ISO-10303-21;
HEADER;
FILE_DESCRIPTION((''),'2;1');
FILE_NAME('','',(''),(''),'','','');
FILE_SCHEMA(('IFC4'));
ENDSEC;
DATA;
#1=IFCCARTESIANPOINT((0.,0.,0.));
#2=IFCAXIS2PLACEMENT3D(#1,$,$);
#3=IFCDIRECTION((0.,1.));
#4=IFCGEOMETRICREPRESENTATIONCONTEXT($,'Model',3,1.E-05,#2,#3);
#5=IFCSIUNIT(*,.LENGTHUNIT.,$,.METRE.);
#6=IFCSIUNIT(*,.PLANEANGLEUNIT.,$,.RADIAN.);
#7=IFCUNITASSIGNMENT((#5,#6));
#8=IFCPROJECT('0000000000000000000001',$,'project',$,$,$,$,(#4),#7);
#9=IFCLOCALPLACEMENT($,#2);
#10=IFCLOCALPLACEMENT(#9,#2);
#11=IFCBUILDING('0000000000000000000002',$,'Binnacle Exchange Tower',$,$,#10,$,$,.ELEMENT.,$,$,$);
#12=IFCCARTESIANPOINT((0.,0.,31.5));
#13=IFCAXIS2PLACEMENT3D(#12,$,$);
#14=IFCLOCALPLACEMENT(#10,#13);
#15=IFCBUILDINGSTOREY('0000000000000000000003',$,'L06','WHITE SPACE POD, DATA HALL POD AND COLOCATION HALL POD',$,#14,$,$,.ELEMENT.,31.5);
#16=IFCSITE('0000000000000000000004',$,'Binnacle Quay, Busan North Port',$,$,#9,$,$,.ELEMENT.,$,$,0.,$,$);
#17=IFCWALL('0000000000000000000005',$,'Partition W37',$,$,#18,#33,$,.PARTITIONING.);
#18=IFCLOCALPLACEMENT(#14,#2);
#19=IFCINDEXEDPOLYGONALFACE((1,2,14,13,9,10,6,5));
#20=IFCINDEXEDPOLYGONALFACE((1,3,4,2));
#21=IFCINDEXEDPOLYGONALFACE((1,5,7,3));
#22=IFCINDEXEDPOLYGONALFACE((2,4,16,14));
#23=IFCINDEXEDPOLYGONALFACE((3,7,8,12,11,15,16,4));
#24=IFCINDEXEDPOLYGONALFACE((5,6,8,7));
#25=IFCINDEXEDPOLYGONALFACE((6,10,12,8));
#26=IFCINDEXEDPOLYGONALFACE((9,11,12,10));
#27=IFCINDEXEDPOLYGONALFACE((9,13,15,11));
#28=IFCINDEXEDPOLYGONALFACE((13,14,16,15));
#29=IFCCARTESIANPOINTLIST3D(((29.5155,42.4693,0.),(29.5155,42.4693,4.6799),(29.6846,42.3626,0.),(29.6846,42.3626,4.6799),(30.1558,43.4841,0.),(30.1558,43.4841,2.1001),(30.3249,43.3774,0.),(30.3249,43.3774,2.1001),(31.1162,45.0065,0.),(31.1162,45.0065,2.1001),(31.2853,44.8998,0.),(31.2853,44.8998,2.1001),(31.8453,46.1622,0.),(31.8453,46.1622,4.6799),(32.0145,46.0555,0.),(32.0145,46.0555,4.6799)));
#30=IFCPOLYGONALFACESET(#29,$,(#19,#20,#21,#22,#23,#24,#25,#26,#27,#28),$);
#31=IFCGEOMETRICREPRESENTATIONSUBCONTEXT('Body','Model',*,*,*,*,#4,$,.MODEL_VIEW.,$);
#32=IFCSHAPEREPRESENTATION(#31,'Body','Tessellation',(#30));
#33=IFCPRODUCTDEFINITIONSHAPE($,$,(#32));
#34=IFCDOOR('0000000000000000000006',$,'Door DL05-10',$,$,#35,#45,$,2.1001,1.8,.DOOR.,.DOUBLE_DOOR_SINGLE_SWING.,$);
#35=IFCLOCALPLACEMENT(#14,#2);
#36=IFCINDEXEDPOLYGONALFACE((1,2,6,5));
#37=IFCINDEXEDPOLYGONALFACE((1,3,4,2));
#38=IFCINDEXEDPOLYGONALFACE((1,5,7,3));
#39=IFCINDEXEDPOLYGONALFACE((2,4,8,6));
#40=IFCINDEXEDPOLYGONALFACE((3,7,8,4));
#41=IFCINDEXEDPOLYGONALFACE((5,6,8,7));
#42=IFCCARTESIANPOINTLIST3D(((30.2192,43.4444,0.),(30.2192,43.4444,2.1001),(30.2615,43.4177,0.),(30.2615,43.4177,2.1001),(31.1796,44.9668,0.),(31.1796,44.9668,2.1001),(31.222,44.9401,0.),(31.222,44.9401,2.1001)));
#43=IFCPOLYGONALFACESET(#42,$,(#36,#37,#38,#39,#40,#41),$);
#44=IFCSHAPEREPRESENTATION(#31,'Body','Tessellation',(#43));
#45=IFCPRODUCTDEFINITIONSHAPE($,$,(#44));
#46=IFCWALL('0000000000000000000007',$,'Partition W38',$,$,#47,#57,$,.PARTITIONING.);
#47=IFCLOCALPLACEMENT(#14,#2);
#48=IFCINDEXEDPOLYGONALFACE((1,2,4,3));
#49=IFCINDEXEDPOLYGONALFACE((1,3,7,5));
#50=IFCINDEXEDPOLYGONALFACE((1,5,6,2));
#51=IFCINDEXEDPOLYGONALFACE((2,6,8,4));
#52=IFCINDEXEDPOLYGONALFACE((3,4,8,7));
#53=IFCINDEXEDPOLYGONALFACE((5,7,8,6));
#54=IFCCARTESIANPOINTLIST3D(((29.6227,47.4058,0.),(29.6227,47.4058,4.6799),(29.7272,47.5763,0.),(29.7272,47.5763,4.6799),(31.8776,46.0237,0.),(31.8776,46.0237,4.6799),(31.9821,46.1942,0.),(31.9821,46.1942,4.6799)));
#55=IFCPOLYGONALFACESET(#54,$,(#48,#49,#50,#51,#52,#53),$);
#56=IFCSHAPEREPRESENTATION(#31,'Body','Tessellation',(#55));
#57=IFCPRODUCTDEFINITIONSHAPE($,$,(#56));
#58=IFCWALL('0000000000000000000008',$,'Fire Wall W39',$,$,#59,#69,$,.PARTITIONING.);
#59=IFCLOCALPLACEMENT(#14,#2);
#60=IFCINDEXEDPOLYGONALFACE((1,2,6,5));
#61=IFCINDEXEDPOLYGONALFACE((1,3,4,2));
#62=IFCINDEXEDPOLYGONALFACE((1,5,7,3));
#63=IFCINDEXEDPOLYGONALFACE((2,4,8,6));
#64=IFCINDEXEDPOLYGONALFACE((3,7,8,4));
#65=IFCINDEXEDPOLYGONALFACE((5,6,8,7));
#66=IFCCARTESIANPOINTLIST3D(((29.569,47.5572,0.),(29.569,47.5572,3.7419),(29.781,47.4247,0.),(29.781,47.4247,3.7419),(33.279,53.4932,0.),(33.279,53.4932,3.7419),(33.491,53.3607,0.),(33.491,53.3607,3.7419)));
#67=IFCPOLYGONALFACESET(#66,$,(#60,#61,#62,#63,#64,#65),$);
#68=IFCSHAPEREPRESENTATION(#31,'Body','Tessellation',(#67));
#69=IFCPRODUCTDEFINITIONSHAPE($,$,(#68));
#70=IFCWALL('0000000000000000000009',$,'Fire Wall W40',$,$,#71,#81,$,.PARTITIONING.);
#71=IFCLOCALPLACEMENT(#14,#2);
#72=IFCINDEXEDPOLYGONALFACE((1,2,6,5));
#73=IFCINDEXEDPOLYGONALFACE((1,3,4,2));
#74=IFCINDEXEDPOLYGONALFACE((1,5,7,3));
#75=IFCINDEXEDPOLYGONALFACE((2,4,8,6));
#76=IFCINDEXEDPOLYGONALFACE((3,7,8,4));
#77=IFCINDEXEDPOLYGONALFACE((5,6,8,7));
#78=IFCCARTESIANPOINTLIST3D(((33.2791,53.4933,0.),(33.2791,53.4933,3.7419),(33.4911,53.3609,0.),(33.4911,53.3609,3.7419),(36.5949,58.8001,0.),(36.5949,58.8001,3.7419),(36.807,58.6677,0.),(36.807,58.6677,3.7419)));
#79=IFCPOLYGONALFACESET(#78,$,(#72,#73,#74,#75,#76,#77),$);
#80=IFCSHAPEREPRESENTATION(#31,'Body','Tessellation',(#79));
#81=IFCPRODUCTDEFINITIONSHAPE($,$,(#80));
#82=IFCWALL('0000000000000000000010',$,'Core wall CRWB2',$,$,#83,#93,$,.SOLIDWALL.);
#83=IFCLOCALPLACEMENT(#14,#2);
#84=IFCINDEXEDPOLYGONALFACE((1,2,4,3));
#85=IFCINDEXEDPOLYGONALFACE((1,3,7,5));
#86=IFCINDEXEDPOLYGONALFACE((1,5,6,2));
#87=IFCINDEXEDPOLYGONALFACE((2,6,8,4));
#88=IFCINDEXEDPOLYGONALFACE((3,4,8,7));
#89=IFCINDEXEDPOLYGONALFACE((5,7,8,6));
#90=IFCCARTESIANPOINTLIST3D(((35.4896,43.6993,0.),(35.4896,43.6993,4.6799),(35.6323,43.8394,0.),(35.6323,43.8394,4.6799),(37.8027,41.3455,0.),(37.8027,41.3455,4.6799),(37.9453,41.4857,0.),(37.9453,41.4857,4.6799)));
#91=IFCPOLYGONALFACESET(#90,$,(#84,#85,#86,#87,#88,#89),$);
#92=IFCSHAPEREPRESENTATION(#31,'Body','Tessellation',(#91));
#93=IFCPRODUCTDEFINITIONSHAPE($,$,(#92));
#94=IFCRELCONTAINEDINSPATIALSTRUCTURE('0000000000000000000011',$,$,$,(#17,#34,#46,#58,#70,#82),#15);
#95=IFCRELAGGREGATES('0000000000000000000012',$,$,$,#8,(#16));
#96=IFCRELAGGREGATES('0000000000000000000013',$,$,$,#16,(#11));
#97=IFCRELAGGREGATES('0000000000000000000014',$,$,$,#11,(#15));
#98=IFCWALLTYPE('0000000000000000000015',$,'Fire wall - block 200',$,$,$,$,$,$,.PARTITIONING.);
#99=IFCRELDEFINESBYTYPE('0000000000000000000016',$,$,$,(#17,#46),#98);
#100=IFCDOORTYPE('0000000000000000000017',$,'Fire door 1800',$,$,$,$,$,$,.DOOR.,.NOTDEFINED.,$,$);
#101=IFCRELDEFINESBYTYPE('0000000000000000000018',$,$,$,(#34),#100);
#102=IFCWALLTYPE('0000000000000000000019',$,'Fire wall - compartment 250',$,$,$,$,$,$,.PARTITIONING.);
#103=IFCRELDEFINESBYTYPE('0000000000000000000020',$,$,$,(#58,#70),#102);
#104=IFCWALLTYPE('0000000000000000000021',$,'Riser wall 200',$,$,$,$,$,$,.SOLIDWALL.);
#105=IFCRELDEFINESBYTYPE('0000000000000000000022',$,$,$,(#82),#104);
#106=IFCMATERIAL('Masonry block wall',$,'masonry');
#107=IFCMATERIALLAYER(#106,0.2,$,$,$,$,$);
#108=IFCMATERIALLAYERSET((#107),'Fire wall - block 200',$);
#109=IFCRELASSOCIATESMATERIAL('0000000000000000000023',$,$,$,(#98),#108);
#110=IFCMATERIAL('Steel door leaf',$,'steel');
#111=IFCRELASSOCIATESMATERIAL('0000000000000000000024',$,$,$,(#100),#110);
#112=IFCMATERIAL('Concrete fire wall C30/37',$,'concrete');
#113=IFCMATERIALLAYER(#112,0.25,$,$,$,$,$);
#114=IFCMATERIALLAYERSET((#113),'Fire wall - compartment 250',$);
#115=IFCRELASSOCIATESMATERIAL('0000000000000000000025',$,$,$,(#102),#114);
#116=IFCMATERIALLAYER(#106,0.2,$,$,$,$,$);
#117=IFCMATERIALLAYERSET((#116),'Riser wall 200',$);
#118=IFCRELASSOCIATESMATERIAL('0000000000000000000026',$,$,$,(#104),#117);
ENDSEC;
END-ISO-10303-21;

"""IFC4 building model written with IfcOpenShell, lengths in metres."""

from ifc_helpers import new_model, si_unit, direction, frame, frame_2d, origin, place, context, subcontext, project, spatial, rectangle, extrude, material, layer, layer_set, type_object, element, fill, save


model = new_model("IFC4")

# Units and contexts
model_context = context("Model", 3, precision=1e-05, world=origin(), true_north=direction((0.0, 1.0)))
body_context = subcontext(model_context, "Body", "Model", "MODEL_VIEW")
ifc_project = project(units=[si_unit("LENGTHUNIT", "METRE"), si_unit("PLANEANGLEUNIT", "RADIAN")], contexts=[model_context])

# Site, building, storey
site_placement = place(None, origin())
site = spatial("IfcSite", under=ifc_project, at=site_placement, Name="Binnacle Quay, Busan North Port", CompositionType="ELEMENT", RefElevation=0.0)
building_placement = place(site_placement, origin())
building = spatial("IfcBuilding", under=site, at=building_placement, Name="Binnacle Exchange Tower", CompositionType="ELEMENT")
storey_placement = place(building_placement, frame((0.0, 0.0, 31.5)))
storey = spatial("IfcBuildingStorey", under=building, at=storey_placement, Name="L06", Description="WHITE SPACE POD, DATA HALL POD AND COLOCATION HALL POD", CompositionType="ELEMENT", Elevation=31.5)

# Shared definitions
ifc_material_1 = material(Name="Masonry block wall", Category="masonry")
ifc_layer_1 = layer(ifc_material_1, 0.2)
ifc_layer_set_1 = layer_set([ifc_layer_1], Name="Fire wall - block 200")
wall_type_1 = type_object("IfcWallType", Name="Fire wall - block 200", PredefinedType="PARTITIONING", material=ifc_layer_set_1)

# Wall, opening, door
wall_1_placement = place(storey_placement, frame((29.6001, 42.416, 0.0), z_axis=(0.0, 0.0, 1.0), x_axis=(0.533583, 0.845748, 0.0)))
wall_1 = element("IfcWall", 1, at=wall_1_placement, inside=storey, type_object=wall_type_1, Name="Partition W37", PredefinedType="PARTITIONING", context=body_context, shape_type="SweptSolid", body=[
    extrude(rectangle(XDim=4.3665, YDim=0.2, at=frame_2d((2.1831, 0.0))), origin(), (0.0, 0.0, 1.0), 4.6799),
])
opening_placement = place(wall_1_placement, frame((1.2, 0.0, 0.0)))
opening = element("IfcOpeningElement", 2, at=opening_placement, cuts=wall_1, PredefinedType="OPENING", context=body_context, shape_type="SweptSolid", body=[
    extrude(rectangle(XDim=1.8, YDim=2.1001, at=frame_2d((0.8999, 1.05))), frame((0.0, 0.1099, 0.0), z_axis=(0.0, -1.0, 0.0), x_axis=(1.0, 0.0, 0.0)), (0.0, 0.0, 1.0), 0.22),
])
ifc_material_2 = material(Name="Steel door leaf", Category="steel")
door_type = type_object("IfcDoorType", Name="Fire door 1800", OperationType="NOTDEFINED", PredefinedType="DOOR", material=ifc_material_2)
door_placement = place(opening_placement, frame((1.8, 0.0, 0.0), z_axis=(0.0, 0.0, 1.0), x_axis=(-1.0, 0.0, 0.0)))
door = element("IfcDoor", 3, at=door_placement, inside=storey, type_object=door_type, Name="Door DL05-10", OperationType="DOUBLE_DOOR_SINGLE_SWING", OverallHeight=2.1001, OverallWidth=1.8, PredefinedType="DOOR", context=body_context, shape_type="SweptSolid", body=[
    extrude(rectangle(XDim=1.8, YDim=2.1001, at=frame_2d((0.8999, 1.05))), frame((0.0, 0.0249, 0.0), z_axis=(0.0, -1.0, 0.0), x_axis=(1.0, 0.0, 0.0)), (0.0, 0.0, 1.0), 0.05),
])
fill(opening, door)

# Walls
wall_2_placement = place(storey_placement, frame((29.675, 47.491, 0.0), z_axis=(0.0, 0.0, 1.0), x_axis=(0.852592, -0.522577, 0.0)))
element("IfcWall", 4, at=wall_2_placement, inside=storey, type_object=wall_type_1, Name="Partition W38", PredefinedType="PARTITIONING", context=body_context, shape_type="SweptSolid", body=[
    extrude(rectangle(XDim=2.6448, YDim=0.2, at=frame_2d((1.3223, 0.0))), origin(), (0.0, 0.0, 1.0), 4.6799),
])
ifc_material_3 = material(Name="Concrete fire wall C30/37", Category="concrete")
ifc_layer_2 = layer(ifc_material_3, 0.25)
ifc_layer_set_2 = layer_set([ifc_layer_2], Name="Fire wall - compartment 250")
wall_type_2 = type_object("IfcWallType", Name="Fire wall - compartment 250", PredefinedType="PARTITIONING", material=ifc_layer_set_2)
wall_3_placement = place(storey_placement, frame((29.675, 47.491, 0.0), z_axis=(0.0, 0.0, 1.0), x_axis=(0.529993, 0.848002, 0.0)))
element("IfcWall", 5, at=wall_3_placement, inside=storey, type_object=wall_type_2, Name="Fire Wall W39", PredefinedType="PARTITIONING", context=body_context, shape_type="SweptSolid", body=[
    extrude(rectangle(XDim=7.0, YDim=0.25, at=frame_2d((3.5, 0.0))), origin(), (0.0, 0.0, 1.0), 3.7419),
])
wall_4_placement = place(storey_placement, frame((33.385, 53.427, 0.0), z_axis=(0.0, 0.0, 1.0), x_axis=(0.529897, 0.848062, 0.0)))
element("IfcWall", 6, at=wall_4_placement, inside=storey, type_object=wall_type_2, Name="Fire Wall W40", PredefinedType="PARTITIONING", context=body_context, shape_type="SweptSolid", body=[
    extrude(rectangle(XDim=6.2576, YDim=0.25, at=frame_2d((3.1289, 0.0))), origin(), (0.0, 0.0, 1.0), 3.7419),
])
ifc_layer_3 = layer(ifc_material_1, 0.2)
ifc_layer_set_3 = layer_set([ifc_layer_3], Name="Riser wall 200")
wall_type_3 = type_object("IfcWallType", Name="Riser wall 200", PredefinedType="SOLIDWALL", material=ifc_layer_set_3)
wall_5_placement = place(storey_placement, frame((35.561, 43.7693, 0.0), z_axis=(0.0, 0.0, 1.0), x_axis=(0.700902, -0.713257, 0.0)))
element("IfcWall", 7, at=wall_5_placement, inside=storey, type_object=wall_type_3, Name="Core wall CRWB2", PredefinedType="SOLIDWALL", context=body_context, shape_type="SweptSolid", body=[
    extrude(rectangle(XDim=3.3, YDim=0.2, at=frame_2d((1.6499, 0.0))), origin(), (0.0, 0.0, 1.0), 4.6799),
])

save(model, "model.ifc")
